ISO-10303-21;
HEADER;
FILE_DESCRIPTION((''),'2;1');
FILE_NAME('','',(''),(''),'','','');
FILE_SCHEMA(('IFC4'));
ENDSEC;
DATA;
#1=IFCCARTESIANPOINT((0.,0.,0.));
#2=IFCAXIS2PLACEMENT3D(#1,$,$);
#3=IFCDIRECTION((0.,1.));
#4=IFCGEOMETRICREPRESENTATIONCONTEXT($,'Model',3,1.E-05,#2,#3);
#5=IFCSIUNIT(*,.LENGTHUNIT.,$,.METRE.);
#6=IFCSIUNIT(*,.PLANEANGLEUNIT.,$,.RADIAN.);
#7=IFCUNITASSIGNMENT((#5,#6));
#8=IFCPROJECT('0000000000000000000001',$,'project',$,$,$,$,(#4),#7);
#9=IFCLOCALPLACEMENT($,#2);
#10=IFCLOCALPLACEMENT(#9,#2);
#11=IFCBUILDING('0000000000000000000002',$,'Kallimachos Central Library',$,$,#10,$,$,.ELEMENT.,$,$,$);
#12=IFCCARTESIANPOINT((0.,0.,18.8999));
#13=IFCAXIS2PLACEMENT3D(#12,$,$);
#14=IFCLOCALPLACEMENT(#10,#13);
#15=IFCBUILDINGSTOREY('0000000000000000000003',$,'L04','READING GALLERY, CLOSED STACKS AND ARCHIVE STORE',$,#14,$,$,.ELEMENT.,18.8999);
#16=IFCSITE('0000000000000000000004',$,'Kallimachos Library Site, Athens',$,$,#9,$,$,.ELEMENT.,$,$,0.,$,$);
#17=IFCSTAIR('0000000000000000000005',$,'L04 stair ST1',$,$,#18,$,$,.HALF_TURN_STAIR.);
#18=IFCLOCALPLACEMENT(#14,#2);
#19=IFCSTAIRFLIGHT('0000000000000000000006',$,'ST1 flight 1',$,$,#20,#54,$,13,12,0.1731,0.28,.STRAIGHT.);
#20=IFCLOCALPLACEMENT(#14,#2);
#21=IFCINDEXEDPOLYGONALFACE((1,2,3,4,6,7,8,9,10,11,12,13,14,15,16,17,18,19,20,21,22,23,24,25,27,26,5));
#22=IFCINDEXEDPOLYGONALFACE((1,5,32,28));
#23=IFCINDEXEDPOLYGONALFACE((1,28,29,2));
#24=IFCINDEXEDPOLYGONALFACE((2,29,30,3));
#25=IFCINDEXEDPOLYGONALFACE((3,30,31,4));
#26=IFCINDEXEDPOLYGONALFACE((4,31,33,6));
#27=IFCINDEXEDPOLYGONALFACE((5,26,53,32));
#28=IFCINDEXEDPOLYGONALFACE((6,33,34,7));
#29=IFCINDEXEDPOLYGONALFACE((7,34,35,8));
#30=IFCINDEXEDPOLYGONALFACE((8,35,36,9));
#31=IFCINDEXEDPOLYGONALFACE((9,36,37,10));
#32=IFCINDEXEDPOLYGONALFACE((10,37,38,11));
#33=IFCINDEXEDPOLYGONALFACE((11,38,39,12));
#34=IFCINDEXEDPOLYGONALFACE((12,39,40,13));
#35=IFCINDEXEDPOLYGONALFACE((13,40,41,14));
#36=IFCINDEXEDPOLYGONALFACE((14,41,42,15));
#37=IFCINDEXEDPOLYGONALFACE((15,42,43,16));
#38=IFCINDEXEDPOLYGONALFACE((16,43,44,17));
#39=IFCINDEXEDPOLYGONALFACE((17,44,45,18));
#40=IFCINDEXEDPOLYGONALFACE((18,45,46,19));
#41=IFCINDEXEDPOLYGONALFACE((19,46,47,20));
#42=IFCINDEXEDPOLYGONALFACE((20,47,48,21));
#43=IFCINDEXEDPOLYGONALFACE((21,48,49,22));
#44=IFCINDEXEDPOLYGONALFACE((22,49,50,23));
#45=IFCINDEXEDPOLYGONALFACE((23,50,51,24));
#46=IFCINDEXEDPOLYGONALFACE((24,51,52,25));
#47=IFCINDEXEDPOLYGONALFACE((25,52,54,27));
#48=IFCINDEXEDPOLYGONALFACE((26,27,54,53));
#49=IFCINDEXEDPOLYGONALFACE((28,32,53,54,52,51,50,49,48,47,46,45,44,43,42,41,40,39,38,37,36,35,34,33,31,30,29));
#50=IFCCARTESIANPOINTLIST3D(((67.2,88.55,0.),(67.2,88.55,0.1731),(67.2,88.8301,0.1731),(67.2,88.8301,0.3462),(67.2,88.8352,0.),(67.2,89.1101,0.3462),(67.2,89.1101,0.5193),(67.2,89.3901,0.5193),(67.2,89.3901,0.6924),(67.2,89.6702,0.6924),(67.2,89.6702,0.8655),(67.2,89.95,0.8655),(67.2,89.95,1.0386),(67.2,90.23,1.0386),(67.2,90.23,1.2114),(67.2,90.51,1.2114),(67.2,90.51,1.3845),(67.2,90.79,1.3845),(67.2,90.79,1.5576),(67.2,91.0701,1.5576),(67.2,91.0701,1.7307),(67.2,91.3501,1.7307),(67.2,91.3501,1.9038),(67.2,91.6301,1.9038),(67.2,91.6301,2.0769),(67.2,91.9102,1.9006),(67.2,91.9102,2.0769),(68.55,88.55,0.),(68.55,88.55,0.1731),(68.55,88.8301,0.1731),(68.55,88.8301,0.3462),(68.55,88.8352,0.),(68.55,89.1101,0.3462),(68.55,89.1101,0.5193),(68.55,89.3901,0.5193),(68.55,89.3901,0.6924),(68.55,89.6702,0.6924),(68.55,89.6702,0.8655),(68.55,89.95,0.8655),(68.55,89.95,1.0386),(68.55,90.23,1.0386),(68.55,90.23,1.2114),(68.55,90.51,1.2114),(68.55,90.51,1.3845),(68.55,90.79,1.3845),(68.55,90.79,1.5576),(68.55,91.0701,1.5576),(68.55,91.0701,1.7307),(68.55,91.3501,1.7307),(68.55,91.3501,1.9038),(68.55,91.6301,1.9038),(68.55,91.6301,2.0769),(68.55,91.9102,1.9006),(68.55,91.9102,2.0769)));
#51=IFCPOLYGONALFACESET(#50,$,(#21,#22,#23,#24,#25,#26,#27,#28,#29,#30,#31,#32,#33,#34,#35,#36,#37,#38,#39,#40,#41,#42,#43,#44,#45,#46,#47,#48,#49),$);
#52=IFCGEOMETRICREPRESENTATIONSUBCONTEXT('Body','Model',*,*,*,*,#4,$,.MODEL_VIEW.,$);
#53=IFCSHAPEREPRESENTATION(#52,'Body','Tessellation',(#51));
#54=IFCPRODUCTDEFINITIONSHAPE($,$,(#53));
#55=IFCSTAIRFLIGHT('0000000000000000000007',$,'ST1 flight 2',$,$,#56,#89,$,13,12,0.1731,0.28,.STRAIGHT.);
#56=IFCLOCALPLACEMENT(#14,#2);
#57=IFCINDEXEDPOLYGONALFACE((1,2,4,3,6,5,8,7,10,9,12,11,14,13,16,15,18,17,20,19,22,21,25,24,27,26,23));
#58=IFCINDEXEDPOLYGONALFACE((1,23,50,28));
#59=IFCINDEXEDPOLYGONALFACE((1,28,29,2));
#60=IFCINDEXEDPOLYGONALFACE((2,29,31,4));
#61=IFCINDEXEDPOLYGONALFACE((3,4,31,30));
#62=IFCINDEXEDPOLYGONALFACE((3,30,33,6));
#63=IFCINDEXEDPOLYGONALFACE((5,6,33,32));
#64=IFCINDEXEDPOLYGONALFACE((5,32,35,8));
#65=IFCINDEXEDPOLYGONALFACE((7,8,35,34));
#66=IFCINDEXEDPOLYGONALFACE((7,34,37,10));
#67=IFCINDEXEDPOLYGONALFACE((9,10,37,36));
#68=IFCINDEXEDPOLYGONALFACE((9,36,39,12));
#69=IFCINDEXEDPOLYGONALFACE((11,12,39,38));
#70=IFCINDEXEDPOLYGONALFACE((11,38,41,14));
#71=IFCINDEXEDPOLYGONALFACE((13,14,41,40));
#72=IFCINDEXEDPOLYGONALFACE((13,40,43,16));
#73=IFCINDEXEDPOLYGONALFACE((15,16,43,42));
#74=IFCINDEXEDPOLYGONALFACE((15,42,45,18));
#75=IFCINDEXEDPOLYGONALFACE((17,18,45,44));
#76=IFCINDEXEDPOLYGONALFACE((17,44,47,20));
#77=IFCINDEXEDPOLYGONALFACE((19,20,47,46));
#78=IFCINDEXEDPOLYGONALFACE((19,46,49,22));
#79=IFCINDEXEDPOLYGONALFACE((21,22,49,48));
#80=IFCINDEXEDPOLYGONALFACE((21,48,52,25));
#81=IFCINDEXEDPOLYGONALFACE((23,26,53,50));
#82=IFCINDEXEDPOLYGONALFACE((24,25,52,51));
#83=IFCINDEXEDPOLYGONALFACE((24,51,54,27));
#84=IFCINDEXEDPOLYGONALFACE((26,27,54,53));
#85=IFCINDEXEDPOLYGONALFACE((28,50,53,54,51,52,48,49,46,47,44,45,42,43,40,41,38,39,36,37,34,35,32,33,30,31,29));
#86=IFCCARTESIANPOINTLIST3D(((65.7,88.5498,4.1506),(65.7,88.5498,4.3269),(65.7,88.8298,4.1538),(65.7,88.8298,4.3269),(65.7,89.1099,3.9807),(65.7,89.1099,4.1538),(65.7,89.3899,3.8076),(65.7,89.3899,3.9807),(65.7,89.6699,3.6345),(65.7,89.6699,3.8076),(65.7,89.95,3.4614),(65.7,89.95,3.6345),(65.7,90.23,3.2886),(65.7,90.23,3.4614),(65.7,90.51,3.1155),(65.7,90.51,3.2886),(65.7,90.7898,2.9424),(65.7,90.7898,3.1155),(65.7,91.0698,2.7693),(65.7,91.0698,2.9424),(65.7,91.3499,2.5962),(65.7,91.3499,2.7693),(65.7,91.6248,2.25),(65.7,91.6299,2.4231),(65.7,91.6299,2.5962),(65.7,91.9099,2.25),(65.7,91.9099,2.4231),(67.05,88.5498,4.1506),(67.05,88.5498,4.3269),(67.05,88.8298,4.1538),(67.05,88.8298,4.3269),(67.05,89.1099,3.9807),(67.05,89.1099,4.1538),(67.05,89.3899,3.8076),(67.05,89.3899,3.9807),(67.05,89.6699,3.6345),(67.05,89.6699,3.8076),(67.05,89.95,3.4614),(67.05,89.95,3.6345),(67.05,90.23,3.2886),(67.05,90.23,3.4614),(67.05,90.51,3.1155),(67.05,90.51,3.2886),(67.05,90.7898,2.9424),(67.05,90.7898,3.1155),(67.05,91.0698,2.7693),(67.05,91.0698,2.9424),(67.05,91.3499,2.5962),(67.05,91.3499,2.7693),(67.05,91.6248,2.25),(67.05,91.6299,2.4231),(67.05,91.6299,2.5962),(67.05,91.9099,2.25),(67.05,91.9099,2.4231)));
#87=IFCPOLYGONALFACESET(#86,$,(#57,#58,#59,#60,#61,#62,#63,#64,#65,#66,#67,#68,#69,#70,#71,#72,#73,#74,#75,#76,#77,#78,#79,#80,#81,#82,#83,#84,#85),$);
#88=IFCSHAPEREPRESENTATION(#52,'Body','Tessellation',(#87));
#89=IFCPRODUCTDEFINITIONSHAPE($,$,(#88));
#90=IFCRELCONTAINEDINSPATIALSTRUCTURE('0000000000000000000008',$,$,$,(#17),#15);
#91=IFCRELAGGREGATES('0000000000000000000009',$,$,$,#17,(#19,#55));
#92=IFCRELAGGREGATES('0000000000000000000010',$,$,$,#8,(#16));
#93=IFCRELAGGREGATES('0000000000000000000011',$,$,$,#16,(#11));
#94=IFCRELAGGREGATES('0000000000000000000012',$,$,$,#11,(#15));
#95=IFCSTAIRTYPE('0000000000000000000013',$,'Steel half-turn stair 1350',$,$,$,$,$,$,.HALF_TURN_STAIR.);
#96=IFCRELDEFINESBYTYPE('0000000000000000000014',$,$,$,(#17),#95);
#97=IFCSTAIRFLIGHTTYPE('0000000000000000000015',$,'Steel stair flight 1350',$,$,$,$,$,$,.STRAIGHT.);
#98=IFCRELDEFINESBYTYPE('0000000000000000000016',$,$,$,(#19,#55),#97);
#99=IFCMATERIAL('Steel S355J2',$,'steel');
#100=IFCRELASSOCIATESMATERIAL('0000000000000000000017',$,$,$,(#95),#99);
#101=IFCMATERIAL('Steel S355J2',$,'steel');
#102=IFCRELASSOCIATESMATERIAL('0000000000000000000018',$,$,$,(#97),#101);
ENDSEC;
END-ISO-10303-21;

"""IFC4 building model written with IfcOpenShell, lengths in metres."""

from ifc_helpers import new_model, si_unit, direction, frame, origin, place, context, subcontext, project, spatial, polyline, outline, extrude, material, type_object, element, aggregate, save


model = new_model("IFC4")

# Units and contexts
model_context = context("Model", 3, precision=1e-05, world=origin(), true_north=direction((0.0, 1.0)))
body_context = subcontext(model_context, "Body", "Model", "MODEL_VIEW")
ifc_project = project(units=[si_unit("LENGTHUNIT", "METRE"), si_unit("PLANEANGLEUNIT", "RADIAN")], contexts=[model_context])

# Site, building, storey
site_placement = place(None, origin())
site = spatial("IfcSite", under=ifc_project, at=site_placement, Name="Kallimachos Library Site, Athens", CompositionType="ELEMENT", RefElevation=0.0)
building_placement = place(site_placement, origin())
building = spatial("IfcBuilding", under=site, at=building_placement, Name="Kallimachos Central Library", CompositionType="ELEMENT")
storey_placement = place(building_placement, frame((0.0, 0.0, 18.8999)))
storey = spatial("IfcBuildingStorey", under=building, at=storey_placement, Name="L04", Description="READING GALLERY, CLOSED STACKS AND ARCHIVE STORE", CompositionType="ELEMENT", Elevation=18.8999)

# Stair, stair flights
ifc_material_1 = material(Name="Steel S355J2", Category="steel")
stair_type = type_object("IfcStairType", Name="Steel half-turn stair 1350", PredefinedType="HALF_TURN_STAIR", material=ifc_material_1)
stair_placement = place(storey_placement, origin())
stair = element("IfcStair", 1, at=stair_placement, inside=storey, type_object=stair_type, Name="L04 stair ST1", PredefinedType="HALF_TURN_STAIR")
ifc_material_2 = material(Name="Steel S355J2", Category="steel")
stair_flight_type = type_object("IfcStairFlightType", Name="Steel stair flight 1350", PredefinedType="STRAIGHT", material=ifc_material_2)
stair_flight_1_placement = place(storey_placement, frame((67.875, 88.55, 0.0), z_axis=(0.0, 0.0, 1.0), x_axis=(0.0, 1.0, 0.0)))
stair_flight_1 = element("IfcStairFlight", 2, at=stair_flight_1_placement, type_object=stair_flight_type, Name="ST1 flight 1", NumberOfRisers=13, NumberOfTreads=12, PredefinedType="STRAIGHT", RiserHeight=0.1731, TreadLength=0.28, context=body_context, shape_type="SweptSolid", body=[
    extrude(outline(polyline([(0.0, 0.0), (0.0, 0.1731), (0.28, 0.1731), (0.28, 0.3462), (0.5601, 0.3462), (0.5601, 0.5193), (0.8401, 0.5193), (0.8401, 0.6924), (1.1201, 0.6924), (1.1201, 0.8655), (1.3999, 0.8655), (1.3999, 1.0386), (1.6799, 1.0386), (1.6799, 1.2114), (1.96, 1.2114), (1.96, 1.3845), (2.24, 1.3845), (2.24, 1.5576), (2.52, 1.5576), (2.52, 1.7307), (2.8, 1.7307), (2.8, 1.9038), (3.0801, 1.9038), (3.0801, 2.0769), (3.3601, 2.0769), (3.3601, 2.25), (3.3601, 1.9006), (0.2852, 0.0), (0.0, 0.0)])), frame((0.0, 0.675, 0.0), z_axis=(0.0, -1.0, 0.0), x_axis=(1.0, 0.0, 0.0)), (0.0, 0.0, 1.0), 1.3501),
])
stair_flight_2_placement = place(storey_placement, frame((66.375, 91.9099, 2.25), z_axis=(0.0, 0.0, 1.0), x_axis=(0.0, -1.0, 0.0)))
stair_flight_2 = element("IfcStairFlight", 3, at=stair_flight_2_placement, type_object=stair_flight_type, Name="ST1 flight 2", NumberOfRisers=13, NumberOfTreads=12, PredefinedType="STRAIGHT", RiserHeight=0.1731, TreadLength=0.28, context=body_context, shape_type="SweptSolid", body=[
    extrude(outline(polyline([(0.0, 0.0), (0.0, 0.1731), (0.28, 0.1731), (0.28, 0.3462), (0.5601, 0.3462), (0.5601, 0.5193), (0.8401, 0.5193), (0.8401, 0.6924), (1.1201, 0.6924), (1.1201, 0.8655), (1.3999, 0.8655), (1.3999, 1.0386), (1.6799, 1.0386), (1.6799, 1.2114), (1.96, 1.2114), (1.96, 1.3845), (2.24, 1.3845), (2.24, 1.5576), (2.52, 1.5576), (2.52, 1.7307), (2.8, 1.7307), (2.8, 1.9038), (3.0801, 1.9038), (3.0801, 2.0769), (3.3601, 2.0769), (3.3601, 2.25), (3.3601, 1.9006), (0.2852, 0.0), (0.0, 0.0)])), frame((0.0, 0.675, 0.0), z_axis=(0.0, -1.0, 0.0), x_axis=(1.0, 0.0, 0.0)), (0.0, 0.0, 1.0), 1.3501),
])
aggregate(stair, [stair_flight_1, stair_flight_2])

save(model, "model.ifc")
